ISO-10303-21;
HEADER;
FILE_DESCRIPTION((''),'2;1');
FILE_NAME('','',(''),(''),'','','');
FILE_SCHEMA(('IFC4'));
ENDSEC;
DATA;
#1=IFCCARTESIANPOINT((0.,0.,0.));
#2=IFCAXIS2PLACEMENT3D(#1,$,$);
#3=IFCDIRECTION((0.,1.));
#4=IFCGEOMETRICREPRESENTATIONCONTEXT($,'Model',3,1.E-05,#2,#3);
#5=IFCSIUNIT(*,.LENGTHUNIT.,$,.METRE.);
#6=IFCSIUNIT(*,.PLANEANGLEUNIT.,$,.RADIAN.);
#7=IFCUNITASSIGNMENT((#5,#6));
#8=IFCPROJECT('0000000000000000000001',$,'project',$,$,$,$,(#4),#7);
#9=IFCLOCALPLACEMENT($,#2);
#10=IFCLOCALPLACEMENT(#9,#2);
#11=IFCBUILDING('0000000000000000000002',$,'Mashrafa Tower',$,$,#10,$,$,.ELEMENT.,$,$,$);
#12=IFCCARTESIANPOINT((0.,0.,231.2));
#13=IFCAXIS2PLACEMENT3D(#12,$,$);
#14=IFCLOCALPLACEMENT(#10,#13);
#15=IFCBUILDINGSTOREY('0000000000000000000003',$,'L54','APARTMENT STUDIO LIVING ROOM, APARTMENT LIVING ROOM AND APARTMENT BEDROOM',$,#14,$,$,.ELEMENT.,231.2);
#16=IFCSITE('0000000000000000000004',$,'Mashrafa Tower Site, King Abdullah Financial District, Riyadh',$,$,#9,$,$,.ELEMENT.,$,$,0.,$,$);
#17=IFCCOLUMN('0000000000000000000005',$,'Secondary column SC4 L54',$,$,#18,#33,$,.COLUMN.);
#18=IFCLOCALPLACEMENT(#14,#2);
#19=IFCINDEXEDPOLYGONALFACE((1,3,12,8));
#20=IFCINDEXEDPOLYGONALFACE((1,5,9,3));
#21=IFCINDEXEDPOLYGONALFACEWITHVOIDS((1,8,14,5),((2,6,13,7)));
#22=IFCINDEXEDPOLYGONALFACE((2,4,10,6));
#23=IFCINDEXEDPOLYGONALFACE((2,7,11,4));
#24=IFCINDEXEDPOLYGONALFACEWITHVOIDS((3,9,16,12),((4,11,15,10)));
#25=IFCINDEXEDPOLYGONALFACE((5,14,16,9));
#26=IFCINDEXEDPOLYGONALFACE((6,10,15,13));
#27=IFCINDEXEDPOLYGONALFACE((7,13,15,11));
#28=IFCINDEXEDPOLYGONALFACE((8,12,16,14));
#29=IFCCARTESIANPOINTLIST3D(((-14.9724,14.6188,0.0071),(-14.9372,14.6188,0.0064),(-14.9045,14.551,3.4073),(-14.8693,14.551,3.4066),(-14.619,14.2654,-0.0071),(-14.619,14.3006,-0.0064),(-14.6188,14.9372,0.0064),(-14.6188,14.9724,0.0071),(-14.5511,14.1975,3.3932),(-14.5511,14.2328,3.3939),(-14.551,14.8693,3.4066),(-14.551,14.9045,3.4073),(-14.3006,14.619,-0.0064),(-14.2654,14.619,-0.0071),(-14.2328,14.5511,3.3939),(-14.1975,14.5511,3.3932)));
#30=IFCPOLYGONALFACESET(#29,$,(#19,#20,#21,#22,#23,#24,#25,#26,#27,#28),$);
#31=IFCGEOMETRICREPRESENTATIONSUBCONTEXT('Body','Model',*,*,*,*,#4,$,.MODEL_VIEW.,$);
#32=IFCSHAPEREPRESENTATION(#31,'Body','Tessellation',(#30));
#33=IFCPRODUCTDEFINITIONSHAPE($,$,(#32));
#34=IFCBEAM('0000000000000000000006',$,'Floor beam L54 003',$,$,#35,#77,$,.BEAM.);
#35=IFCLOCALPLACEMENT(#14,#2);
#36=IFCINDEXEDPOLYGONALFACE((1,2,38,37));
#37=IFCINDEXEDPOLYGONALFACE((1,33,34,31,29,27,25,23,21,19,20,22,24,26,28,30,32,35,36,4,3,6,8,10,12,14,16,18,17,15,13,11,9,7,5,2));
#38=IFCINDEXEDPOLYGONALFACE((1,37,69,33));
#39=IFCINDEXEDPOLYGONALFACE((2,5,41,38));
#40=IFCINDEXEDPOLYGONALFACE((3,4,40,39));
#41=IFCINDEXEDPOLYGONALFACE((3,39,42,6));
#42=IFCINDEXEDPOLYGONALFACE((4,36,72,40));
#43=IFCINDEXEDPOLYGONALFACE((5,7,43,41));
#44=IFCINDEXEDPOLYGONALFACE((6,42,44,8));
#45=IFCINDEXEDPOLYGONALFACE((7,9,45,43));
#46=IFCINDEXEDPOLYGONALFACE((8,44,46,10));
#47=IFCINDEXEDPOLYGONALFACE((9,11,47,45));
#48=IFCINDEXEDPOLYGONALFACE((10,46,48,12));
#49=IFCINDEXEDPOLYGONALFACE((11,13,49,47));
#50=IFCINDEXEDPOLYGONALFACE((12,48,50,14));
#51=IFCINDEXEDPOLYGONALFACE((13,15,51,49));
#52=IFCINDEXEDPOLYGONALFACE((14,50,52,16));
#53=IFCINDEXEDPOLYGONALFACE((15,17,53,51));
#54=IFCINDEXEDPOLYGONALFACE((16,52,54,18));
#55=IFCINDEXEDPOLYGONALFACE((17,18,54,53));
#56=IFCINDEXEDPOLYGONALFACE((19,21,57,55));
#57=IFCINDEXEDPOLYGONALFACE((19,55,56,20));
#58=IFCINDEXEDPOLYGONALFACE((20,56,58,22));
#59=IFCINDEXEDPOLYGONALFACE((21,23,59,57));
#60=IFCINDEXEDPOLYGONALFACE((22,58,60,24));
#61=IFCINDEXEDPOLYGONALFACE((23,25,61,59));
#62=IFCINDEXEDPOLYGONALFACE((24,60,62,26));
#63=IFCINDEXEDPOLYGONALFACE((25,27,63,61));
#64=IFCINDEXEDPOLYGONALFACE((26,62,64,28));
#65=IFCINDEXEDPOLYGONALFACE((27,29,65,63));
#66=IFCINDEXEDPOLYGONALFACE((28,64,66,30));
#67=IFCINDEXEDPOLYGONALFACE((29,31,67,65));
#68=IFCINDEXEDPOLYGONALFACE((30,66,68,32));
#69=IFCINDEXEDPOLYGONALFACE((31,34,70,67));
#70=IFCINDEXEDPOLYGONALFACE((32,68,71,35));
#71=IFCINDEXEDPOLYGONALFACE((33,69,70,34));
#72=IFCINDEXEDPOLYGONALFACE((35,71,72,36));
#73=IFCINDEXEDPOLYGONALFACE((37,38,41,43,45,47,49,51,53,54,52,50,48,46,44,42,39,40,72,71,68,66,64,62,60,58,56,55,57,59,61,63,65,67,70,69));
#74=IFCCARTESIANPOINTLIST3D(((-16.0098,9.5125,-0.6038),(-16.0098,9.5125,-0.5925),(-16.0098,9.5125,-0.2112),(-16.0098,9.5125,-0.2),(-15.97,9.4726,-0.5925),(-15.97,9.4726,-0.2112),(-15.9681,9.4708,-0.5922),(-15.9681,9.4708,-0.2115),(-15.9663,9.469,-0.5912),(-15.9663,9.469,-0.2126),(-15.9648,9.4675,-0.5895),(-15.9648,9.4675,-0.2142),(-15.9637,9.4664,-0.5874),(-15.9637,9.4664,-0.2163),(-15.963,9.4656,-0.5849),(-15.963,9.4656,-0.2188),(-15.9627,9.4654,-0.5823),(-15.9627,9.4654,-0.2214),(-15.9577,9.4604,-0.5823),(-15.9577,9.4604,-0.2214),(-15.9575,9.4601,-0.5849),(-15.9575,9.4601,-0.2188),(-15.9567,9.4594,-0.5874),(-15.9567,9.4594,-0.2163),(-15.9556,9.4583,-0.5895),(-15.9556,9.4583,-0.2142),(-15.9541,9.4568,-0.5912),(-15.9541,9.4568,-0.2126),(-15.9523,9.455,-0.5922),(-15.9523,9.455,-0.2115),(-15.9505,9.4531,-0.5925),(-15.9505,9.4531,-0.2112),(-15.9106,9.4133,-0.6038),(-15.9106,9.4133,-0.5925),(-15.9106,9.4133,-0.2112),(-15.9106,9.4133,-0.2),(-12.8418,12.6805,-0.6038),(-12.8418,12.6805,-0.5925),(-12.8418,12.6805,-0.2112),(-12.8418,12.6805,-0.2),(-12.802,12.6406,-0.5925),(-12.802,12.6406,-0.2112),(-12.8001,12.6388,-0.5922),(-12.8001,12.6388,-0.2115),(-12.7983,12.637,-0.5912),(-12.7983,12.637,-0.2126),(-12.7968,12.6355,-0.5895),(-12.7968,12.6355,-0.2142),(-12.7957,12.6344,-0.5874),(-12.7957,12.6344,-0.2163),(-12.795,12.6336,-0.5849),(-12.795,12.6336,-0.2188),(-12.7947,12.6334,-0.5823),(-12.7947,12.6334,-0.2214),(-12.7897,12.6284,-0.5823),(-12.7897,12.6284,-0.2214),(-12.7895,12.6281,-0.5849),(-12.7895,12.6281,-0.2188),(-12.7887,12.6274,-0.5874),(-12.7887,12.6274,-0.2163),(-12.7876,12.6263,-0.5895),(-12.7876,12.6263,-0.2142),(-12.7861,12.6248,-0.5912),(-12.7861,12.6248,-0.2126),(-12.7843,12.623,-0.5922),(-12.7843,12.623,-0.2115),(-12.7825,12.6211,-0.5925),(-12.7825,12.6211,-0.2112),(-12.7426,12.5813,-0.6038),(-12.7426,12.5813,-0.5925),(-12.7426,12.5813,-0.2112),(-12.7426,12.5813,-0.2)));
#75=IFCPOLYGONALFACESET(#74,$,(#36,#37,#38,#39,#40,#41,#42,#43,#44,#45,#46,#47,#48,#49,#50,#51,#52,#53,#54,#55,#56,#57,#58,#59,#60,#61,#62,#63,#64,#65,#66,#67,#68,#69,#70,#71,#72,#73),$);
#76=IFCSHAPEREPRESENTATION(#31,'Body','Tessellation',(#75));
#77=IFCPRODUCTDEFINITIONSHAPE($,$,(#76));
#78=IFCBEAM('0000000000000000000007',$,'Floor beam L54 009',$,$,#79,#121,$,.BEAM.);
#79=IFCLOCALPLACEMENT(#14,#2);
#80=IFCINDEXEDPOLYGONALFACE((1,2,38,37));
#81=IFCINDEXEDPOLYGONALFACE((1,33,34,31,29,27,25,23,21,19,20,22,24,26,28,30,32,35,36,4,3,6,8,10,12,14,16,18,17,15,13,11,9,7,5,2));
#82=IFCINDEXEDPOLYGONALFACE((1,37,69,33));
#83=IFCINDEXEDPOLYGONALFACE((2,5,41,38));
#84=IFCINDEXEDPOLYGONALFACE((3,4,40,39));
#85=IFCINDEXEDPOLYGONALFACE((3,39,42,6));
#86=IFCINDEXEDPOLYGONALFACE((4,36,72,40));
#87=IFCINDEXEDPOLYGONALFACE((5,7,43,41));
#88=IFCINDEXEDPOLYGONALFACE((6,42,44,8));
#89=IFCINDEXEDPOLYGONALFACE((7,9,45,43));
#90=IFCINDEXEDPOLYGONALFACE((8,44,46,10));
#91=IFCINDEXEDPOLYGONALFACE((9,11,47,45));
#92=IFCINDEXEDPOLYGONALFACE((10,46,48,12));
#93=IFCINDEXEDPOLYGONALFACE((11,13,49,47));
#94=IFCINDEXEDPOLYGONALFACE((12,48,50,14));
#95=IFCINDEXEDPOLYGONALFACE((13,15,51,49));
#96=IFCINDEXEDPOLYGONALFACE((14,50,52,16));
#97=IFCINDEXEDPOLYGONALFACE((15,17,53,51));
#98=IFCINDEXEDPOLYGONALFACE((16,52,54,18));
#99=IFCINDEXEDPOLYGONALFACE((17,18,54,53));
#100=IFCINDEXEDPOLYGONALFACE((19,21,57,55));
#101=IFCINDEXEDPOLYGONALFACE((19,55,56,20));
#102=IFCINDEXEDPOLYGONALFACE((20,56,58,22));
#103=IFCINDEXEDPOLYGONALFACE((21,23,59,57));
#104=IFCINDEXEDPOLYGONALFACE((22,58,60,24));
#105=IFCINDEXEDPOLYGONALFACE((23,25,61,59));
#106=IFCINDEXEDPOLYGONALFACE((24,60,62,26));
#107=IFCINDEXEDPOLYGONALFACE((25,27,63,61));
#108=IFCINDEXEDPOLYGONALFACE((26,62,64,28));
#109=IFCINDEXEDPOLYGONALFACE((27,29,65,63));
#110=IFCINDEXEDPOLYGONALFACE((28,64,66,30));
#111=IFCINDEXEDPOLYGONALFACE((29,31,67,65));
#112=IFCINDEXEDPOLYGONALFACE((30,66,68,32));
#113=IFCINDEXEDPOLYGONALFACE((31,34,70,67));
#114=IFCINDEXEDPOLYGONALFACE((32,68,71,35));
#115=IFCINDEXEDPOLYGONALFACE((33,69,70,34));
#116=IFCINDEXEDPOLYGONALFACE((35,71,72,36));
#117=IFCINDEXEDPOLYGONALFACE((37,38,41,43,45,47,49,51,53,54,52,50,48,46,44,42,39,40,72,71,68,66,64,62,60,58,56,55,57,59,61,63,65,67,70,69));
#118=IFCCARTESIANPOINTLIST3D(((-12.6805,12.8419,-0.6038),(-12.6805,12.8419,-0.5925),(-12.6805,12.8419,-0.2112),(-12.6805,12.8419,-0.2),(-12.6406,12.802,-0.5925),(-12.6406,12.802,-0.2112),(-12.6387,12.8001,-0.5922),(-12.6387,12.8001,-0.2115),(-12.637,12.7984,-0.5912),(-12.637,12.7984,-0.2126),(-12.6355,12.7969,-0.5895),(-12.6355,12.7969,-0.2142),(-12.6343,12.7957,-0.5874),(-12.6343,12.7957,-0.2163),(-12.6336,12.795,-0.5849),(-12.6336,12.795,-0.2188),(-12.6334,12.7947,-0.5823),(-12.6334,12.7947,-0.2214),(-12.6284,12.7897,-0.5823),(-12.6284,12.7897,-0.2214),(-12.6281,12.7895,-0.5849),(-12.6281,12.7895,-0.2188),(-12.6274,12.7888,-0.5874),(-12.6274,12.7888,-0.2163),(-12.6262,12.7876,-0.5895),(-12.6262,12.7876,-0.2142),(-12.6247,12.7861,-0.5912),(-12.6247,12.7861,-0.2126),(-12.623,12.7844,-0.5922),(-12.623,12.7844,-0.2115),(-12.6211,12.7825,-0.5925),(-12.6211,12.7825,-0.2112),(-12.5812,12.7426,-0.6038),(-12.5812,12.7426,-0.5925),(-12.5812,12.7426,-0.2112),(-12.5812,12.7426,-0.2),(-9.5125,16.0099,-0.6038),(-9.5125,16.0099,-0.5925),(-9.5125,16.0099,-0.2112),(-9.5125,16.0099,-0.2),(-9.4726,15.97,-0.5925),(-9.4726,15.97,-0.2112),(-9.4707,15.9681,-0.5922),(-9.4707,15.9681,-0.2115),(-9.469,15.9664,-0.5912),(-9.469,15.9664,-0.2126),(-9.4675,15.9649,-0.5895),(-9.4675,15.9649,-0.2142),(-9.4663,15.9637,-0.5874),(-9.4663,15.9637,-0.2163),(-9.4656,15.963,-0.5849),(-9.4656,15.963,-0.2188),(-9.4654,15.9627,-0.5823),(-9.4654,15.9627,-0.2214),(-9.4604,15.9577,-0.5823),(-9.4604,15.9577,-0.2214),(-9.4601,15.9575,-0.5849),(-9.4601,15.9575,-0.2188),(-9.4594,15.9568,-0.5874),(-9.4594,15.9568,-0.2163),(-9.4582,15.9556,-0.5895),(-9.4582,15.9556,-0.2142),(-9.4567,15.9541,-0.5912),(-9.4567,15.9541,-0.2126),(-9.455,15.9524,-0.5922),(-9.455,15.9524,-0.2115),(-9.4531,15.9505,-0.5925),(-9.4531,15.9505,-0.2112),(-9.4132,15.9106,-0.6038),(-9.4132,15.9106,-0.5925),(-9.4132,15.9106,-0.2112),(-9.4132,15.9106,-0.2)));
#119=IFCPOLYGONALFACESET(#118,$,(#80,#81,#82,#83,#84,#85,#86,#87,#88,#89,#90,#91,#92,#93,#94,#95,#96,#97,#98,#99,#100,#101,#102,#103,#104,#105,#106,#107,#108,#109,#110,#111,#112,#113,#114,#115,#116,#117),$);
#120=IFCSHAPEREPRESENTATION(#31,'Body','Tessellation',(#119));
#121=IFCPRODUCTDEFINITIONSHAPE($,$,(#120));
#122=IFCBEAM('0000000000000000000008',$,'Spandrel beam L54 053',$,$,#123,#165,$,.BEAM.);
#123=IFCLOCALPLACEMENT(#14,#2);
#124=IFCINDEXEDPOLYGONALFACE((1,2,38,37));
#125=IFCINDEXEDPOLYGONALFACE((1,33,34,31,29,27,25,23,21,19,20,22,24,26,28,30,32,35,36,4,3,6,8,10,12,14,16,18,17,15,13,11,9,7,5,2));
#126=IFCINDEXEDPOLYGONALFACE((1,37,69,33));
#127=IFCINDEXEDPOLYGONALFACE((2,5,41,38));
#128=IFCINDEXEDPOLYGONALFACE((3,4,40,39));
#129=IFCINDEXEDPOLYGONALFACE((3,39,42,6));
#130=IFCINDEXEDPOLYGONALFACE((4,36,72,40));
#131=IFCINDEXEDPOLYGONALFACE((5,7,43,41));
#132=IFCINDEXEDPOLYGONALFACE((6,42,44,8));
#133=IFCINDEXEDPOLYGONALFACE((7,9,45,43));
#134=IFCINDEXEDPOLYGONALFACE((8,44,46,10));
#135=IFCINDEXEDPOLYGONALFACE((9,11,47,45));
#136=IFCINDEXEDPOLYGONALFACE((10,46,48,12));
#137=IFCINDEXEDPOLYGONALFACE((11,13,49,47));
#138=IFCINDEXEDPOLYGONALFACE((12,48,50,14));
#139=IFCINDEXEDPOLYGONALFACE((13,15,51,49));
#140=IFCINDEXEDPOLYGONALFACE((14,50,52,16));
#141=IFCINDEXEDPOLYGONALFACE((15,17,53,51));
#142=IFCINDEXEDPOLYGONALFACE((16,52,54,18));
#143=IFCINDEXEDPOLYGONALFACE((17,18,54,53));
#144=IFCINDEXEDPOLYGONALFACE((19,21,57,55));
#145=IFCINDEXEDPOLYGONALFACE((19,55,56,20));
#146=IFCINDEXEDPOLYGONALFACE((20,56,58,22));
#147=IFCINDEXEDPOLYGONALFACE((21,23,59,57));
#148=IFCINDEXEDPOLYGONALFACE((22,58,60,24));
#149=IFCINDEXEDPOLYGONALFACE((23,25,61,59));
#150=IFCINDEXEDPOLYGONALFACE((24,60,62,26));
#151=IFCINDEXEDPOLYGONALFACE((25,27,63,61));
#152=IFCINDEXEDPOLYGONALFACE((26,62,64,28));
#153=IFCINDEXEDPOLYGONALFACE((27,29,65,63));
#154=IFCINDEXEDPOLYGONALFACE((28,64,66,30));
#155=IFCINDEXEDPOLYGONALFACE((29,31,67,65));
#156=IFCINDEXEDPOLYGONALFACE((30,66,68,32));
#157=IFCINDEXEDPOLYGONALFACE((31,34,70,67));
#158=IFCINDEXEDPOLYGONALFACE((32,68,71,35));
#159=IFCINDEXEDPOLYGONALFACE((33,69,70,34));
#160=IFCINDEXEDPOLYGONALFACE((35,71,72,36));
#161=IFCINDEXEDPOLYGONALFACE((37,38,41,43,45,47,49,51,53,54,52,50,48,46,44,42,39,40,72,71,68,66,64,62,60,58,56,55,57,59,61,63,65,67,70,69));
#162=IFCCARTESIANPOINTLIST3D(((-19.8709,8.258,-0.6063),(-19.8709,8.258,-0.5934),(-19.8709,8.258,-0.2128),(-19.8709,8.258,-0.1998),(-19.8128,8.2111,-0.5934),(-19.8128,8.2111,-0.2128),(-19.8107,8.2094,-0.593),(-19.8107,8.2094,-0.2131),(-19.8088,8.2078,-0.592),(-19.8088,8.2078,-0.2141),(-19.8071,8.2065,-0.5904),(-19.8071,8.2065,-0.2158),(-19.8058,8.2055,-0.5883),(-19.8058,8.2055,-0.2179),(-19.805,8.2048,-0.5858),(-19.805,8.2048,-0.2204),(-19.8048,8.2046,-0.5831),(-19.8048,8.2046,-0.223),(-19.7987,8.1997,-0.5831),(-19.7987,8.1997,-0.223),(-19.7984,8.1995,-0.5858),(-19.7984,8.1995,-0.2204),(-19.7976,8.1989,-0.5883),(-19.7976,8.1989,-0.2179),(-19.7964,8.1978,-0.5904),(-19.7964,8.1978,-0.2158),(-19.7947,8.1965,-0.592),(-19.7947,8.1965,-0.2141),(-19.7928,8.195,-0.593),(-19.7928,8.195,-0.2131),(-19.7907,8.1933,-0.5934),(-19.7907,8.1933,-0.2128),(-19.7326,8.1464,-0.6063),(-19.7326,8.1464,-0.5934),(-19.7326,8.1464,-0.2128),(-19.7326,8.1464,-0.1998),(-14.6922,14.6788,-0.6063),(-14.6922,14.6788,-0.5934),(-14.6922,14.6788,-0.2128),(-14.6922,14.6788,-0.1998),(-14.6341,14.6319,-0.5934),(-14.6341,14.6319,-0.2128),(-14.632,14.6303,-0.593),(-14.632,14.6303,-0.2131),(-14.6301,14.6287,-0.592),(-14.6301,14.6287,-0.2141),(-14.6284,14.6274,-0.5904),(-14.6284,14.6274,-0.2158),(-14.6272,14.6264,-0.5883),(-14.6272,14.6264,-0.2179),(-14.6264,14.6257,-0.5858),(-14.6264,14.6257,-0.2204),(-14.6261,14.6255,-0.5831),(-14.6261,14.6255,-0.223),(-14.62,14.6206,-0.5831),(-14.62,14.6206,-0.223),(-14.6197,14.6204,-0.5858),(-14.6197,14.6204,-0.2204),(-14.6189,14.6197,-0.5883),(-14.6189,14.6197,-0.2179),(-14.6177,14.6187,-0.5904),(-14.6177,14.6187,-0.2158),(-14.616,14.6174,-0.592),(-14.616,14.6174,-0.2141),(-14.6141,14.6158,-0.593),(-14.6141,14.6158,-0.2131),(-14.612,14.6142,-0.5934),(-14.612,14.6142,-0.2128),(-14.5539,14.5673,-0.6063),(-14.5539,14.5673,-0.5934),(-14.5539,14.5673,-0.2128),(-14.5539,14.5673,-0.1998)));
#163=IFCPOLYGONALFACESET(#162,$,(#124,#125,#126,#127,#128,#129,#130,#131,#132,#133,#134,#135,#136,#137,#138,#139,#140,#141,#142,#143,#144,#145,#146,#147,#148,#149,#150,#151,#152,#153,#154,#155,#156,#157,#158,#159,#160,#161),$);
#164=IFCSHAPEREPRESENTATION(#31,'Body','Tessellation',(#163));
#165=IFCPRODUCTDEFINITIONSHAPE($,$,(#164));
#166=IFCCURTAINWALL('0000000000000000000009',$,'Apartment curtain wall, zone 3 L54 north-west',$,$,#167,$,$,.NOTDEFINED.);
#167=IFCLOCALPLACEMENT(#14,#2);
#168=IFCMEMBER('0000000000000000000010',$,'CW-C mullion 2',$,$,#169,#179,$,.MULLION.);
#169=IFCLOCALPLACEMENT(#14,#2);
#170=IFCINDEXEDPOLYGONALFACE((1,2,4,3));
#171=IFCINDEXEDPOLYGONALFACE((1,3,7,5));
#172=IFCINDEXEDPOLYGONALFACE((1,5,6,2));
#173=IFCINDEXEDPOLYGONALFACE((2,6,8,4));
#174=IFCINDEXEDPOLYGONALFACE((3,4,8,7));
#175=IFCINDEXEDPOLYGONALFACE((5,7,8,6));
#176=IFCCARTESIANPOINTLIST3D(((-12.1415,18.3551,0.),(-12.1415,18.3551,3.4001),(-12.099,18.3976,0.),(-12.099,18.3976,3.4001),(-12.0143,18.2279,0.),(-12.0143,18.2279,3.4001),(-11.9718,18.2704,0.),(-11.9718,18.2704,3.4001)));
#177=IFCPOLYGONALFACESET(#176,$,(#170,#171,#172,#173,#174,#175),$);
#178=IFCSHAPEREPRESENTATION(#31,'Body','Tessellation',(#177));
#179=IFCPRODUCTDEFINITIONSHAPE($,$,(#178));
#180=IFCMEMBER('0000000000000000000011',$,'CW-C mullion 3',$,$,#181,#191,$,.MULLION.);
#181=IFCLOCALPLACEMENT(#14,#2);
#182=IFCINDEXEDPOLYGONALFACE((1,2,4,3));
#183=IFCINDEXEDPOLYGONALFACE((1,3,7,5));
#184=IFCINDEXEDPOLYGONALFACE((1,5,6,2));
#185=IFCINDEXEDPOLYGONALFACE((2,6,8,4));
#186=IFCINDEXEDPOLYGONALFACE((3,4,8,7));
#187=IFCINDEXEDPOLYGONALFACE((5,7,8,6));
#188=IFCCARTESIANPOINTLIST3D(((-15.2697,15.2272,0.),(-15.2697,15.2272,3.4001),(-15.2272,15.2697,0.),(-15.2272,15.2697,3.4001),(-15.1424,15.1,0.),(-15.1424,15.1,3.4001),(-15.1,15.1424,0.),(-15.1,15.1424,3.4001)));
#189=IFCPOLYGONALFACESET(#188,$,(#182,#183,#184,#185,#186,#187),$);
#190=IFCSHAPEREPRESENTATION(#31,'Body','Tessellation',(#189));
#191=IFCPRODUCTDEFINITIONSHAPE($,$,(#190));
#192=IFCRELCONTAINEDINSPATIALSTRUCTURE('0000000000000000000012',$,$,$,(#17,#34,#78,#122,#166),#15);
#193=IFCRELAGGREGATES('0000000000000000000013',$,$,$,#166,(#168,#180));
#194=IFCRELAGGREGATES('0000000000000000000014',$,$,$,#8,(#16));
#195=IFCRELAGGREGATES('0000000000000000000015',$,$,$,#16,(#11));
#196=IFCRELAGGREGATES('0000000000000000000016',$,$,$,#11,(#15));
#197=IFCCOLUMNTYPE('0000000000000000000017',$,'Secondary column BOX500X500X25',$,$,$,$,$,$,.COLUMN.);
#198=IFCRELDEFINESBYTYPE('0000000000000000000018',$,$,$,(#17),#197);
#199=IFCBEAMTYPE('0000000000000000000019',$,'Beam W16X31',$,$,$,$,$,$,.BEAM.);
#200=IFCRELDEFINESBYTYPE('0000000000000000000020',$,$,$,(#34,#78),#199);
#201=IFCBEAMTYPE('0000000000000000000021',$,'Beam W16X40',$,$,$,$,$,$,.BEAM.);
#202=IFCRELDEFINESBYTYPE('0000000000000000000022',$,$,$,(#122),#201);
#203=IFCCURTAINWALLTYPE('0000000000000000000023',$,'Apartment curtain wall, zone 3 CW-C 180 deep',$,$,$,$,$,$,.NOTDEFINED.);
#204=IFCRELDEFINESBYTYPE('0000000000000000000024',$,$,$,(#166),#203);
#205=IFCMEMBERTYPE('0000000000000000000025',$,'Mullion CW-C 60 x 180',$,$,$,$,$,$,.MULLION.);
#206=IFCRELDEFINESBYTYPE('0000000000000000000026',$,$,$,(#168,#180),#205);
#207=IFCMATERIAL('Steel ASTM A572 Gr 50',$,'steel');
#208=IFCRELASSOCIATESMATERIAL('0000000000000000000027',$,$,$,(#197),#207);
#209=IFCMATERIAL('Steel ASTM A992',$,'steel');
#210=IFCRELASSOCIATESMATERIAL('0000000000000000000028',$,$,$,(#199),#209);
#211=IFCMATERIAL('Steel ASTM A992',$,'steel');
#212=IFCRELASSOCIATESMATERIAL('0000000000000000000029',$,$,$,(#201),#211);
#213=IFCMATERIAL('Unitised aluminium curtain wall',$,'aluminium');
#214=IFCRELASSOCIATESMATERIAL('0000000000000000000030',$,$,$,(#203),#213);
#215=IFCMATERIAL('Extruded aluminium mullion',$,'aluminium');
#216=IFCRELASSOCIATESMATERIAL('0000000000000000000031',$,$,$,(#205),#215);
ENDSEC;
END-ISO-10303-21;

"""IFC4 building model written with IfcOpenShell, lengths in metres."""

from ifc_helpers import new_model, si_unit, direction, frame, origin, origin_2d, place, context, subcontext, project, spatial, rectangle, hollow_rectangle, i_section, extrude, source, transform, mapped, material, material_profile, profile_set, type_object, type_shapes, element, aggregate, save


model = new_model("IFC4")

# Units and contexts
model_context = context("Model", 3, precision=1e-05, world=origin(), true_north=direction((0.0, 1.0)))
body_context = subcontext(model_context, "Body", "Model", "MODEL_VIEW")
ifc_project = project(units=[si_unit("LENGTHUNIT", "METRE"), si_unit("PLANEANGLEUNIT", "RADIAN")], contexts=[model_context])

# Site, building, storey
site_placement = place(None, origin())
site = spatial("IfcSite", under=ifc_project, at=site_placement, Name="Mashrafa Tower Site, King Abdullah Financial District, Riyadh", CompositionType="ELEMENT", RefElevation=0.0)
building_placement = place(site_placement, origin())
building = spatial("IfcBuilding", under=site, at=building_placement, Name="Mashrafa Tower", CompositionType="ELEMENT")
storey_placement = place(building_placement, frame((0.0, 0.0, 231.2)))
storey = spatial("IfcBuildingStorey", under=building, at=storey_placement, Name="L54", Description="APARTMENT STUDIO LIVING ROOM, APARTMENT LIVING ROOM AND APARTMENT BEDROOM", CompositionType="ELEMENT", Elevation=231.2)

# Column
ifc_material_1 = material(Name="Steel ASTM A572 Gr 50", Category="steel")
ifc_material_profile_1 = material_profile(ifc_material_1, hollow_rectangle(XDim=0.5, YDim=0.5, WallThickness=0.0249, at=origin_2d()), Name="BOX500X500X25")
ifc_profile_set_1 = profile_set([ifc_material_profile_1], Name="Steel ASTM A572 Gr 50")
column_type = type_object("IfcColumnType", Name="Secondary column BOX500X500X25", PredefinedType="COLUMN", material=ifc_profile_set_1)
column_placement = place(storey_placement, frame((-14.6189, 14.6189, 0.0), z_axis=(0.019953, -0.019953, 0.999602), x_axis=(0.707107, 0.707107, 0.0)))
element("IfcColumn", 1, at=column_placement, inside=storey, type_object=column_type, Name="Secondary column SC4 L54", PredefinedType="COLUMN", context=body_context, shape_type="SweptSolid", body=[
    extrude(hollow_rectangle(XDim=0.5, YDim=0.5, WallThickness=0.0249, at=origin_2d()), origin(), (0.0, 0.0, 1.0), 3.4016),
])

# Beams
ifc_material_2 = material(Name="Steel ASTM A992", Category="steel")
ifc_material_profile_2 = material_profile(ifc_material_2, i_section(OverallWidth=0.1404, OverallDepth=0.4038, WebThickness=0.0071, FlangeThickness=0.0112, FilletRadius=0.0103, at=origin_2d()), Name="W16X31")
ifc_profile_set_2 = profile_set([ifc_material_profile_2], Name="Steel ASTM A992")
beam_type_1 = type_object("IfcBeamType", Name="Beam W16X31", PredefinedType="BEAM", material=ifc_profile_set_2)
for number, where, z_axis, x_axis, name in (
    (2, (-15.9602, 9.4629, -0.4019), (0.707107, 0.707107, 0.0), (-0.707107, 0.707107, 0.0), "Floor beam L54 003"),
    (3, (-12.6309, 12.7922, -0.4019), (0.707107, 0.707107, 0.0), (-0.707107, 0.707107, 0.0), "Floor beam L54 009"),
):
    element("IfcBeam", number, at=place(storey_placement, frame(where, z_axis=z_axis, x_axis=x_axis)), inside=storey, type_object=beam_type_1, Name=name, PredefinedType="BEAM", context=body_context, shape_type="SweptSolid", body=[
        extrude(i_section(OverallWidth=0.1404, OverallDepth=0.4038, WebThickness=0.0071, FlangeThickness=0.0112, FilletRadius=0.0103, at=origin_2d()), origin(), (0.0, 0.0, 1.0), 4.4802),
    ])
ifc_material_3 = material(Name="Steel ASTM A992", Category="steel")
ifc_material_profile_3 = material_profile(ifc_material_3, i_section(OverallWidth=0.1777, OverallDepth=0.4065, WebThickness=0.0078, FlangeThickness=0.0129, FilletRadius=0.0103, at=origin_2d()), Name="W16X40")
ifc_profile_set_3 = profile_set([ifc_material_profile_3], Name="Steel ASTM A992")
beam_type_2 = type_object("IfcBeamType", Name="Beam W16X40", PredefinedType="BEAM", material=ifc_profile_set_3)
beam_placement = place(storey_placement, frame((-14.623, 14.623, -0.4031), z_axis=(-0.627794, -0.778379, 0.0), x_axis=(0.778379, -0.627794, 0.0)))
element("IfcBeam", 4, at=beam_placement, inside=storey, type_object=beam_type_2, Name="Spandrel beam L54 053", PredefinedType="BEAM", context=body_context, shape_type="SweptSolid", body=[
    extrude(i_section(OverallWidth=0.1777, OverallDepth=0.4065, WebThickness=0.0078, FlangeThickness=0.0129, FilletRadius=0.0103, at=origin_2d()), origin(), (0.0, 0.0, 1.0), 8.249),
])

# Curtain wall, members
ifc_material_4 = material(Name="Unitised aluminium curtain wall", Category="aluminium")
curtain_wall_type = type_object("IfcCurtainWallType", Name="Apartment curtain wall, zone 3 CW-C 180 deep", PredefinedType="NOTDEFINED", material=ifc_material_4)
curtain_wall_placement = place(storey_placement, origin())
curtain_wall = element("IfcCurtainWall", 5, at=curtain_wall_placement, inside=storey, type_object=curtain_wall_type, Name="Apartment curtain wall, zone 3 L54 north-west", PredefinedType="NOTDEFINED")
ifc_material_5 = material(Name="Extruded aluminium mullion", Category="aluminium")
ifc_material_profile_4 = material_profile(ifc_material_5, rectangle(XDim=0.1799, YDim=0.0601, at=origin_2d()), Name="Mullion 60x180")
ifc_profile_set_4 = profile_set([ifc_material_profile_4], Name="Extruded aluminium mullion")
member_type_1 = type_object("IfcMemberType", Name="Mullion CW-C 60 x 180", PredefinedType="MULLION", material=ifc_profile_set_4)
shared_shape_1 = source(origin(), body_context, "Body", "SweptSolid", [
    extrude(rectangle(XDim=0.1799, YDim=0.0601, at=origin_2d()), origin(), (0.0, 0.0, 1.0), 3.4001),
])
type_shapes(member_type_1, [shared_shape_1])
member_1_placement = place(storey_placement, frame((-12.0566, 18.3127, 0.0), z_axis=(0.0, 0.0, 1.0), x_axis=(0.707107, -0.707107, 0.0)))
member_1 = element("IfcMember", 6, at=member_1_placement, type_object=member_type_1, Name="CW-C mullion 2", PredefinedType="MULLION", context=body_context, shape_type="MappedRepresentation", body=[
    mapped(shared_shape_1, transform((0.0, 0.0, 0.0))),
])
member_2_placement = place(storey_placement, frame((-15.1848, 15.1848, 0.0), z_axis=(0.0, 0.0, 1.0), x_axis=(0.707107, -0.707107, 0.0)))
member_2 = element("IfcMember", 7, at=member_2_placement, type_object=member_type_1, Name="CW-C mullion 3", PredefinedType="MULLION", context=body_context, shape_type="MappedRepresentation", body=[
    mapped(shared_shape_1, transform((0.0, 0.0, 0.0))),
])
aggregate(curtain_wall, [member_1, member_2])

save(model, "model.ifc")
